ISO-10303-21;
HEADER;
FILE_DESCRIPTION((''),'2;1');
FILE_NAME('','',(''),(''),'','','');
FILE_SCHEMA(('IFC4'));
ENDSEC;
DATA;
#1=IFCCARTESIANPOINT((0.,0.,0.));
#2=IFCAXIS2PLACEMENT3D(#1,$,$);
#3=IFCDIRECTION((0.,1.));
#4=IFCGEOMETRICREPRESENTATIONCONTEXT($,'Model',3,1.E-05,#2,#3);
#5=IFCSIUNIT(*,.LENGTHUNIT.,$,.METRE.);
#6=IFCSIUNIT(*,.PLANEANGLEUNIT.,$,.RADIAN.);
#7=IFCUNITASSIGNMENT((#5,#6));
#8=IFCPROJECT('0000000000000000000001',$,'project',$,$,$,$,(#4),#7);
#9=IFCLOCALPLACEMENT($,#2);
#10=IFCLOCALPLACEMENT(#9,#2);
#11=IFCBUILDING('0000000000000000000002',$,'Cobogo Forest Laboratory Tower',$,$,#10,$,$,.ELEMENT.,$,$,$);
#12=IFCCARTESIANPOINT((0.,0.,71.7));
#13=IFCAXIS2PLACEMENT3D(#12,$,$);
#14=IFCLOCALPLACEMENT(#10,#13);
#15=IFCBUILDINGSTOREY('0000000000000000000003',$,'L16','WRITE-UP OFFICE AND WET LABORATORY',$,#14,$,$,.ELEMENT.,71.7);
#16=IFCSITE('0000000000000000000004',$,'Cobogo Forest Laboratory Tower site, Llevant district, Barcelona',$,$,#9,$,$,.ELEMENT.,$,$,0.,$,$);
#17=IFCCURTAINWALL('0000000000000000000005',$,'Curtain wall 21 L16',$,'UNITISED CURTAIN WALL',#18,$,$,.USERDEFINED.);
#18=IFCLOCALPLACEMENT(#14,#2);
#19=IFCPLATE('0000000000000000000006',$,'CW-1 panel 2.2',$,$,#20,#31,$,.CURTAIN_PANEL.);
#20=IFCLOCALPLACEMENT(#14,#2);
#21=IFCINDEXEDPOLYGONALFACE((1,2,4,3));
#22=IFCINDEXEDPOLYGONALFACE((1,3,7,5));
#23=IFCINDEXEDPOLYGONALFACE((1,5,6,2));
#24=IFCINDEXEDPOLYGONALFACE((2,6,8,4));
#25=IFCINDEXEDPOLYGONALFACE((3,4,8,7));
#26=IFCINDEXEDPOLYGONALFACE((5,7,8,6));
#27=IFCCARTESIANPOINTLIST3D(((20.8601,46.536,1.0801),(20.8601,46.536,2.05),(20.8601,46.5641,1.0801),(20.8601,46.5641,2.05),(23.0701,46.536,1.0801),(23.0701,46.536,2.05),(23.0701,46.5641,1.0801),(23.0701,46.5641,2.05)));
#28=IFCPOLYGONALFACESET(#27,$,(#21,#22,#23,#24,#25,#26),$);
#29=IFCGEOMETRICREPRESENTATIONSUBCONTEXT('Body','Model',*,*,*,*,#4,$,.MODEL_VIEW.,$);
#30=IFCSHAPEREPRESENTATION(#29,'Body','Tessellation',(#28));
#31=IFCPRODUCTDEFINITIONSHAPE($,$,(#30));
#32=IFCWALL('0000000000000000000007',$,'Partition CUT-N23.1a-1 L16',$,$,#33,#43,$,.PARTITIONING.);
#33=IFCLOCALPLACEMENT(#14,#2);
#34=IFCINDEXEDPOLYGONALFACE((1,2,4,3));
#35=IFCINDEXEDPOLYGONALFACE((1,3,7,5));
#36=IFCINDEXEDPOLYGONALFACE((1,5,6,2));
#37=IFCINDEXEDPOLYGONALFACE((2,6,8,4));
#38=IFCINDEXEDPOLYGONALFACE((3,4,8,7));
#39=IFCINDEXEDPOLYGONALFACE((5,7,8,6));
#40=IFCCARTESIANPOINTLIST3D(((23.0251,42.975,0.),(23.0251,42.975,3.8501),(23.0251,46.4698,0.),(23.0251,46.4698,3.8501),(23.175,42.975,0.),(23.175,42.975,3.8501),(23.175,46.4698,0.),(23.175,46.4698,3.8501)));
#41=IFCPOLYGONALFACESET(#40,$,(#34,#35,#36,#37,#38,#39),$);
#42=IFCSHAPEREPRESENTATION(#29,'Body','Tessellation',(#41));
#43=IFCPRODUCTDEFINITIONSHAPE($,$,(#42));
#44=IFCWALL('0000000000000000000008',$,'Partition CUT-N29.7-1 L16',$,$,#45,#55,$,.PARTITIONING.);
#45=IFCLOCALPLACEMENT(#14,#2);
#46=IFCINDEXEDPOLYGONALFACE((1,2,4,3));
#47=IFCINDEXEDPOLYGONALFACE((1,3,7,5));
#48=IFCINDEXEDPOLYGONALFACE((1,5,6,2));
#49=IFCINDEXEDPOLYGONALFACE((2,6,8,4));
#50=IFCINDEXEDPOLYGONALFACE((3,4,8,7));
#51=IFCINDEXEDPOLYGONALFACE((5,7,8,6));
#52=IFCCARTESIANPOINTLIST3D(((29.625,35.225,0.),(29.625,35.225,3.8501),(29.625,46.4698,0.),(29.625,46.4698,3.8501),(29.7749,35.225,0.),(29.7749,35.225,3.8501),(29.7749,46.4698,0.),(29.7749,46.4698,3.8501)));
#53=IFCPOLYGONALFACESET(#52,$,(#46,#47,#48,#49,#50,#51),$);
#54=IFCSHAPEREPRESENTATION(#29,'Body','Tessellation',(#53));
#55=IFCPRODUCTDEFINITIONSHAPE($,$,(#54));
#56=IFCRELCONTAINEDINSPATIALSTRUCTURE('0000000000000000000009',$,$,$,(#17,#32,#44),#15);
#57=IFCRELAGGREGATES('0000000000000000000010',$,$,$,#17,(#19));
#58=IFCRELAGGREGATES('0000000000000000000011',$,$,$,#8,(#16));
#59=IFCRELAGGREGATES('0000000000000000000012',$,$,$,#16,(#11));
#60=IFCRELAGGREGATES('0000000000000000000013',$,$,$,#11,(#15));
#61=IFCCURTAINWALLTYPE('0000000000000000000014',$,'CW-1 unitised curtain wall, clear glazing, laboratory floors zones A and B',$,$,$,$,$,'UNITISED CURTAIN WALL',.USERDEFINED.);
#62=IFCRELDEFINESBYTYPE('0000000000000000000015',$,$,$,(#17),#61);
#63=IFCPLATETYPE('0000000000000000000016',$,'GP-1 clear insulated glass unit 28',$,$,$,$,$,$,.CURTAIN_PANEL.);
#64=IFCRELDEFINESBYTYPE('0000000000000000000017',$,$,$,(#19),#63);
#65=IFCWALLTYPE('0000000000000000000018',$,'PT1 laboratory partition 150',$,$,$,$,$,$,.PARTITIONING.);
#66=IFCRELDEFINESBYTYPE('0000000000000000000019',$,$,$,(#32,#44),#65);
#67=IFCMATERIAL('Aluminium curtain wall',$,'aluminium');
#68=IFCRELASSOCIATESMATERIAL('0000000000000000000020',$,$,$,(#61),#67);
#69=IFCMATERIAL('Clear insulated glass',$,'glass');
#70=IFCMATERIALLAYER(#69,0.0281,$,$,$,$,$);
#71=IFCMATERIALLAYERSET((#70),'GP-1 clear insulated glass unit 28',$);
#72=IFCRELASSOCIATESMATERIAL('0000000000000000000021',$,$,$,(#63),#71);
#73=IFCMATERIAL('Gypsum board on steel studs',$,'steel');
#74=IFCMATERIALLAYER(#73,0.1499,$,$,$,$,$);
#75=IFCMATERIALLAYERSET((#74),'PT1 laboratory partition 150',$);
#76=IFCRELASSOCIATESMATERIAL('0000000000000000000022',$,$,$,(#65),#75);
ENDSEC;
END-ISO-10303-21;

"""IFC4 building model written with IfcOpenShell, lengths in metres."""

from ifc_helpers import new_model, si_unit, direction, frame, frame_2d, origin, origin_2d, place, context, subcontext, project, spatial, rectangle, extrude, material, layer, layer_set, type_object, element, aggregate, save


model = new_model("IFC4")

# Units and contexts
model_context = context("Model", 3, precision=1e-05, world=origin(), true_north=direction((0.0, 1.0)))
body_context = subcontext(model_context, "Body", "Model", "MODEL_VIEW")
ifc_project = project(units=[si_unit("LENGTHUNIT", "METRE"), si_unit("PLANEANGLEUNIT", "RADIAN")], contexts=[model_context])

# Site, building, storey
site_placement = place(None, origin())
site = spatial("IfcSite", under=ifc_project, at=site_placement, Name="Cobogo Forest Laboratory Tower site, Llevant district, Barcelona", CompositionType="ELEMENT", RefElevation=0.0)
building_placement = place(site_placement, origin())
building = spatial("IfcBuilding", under=site, at=building_placement, Name="Cobogo Forest Laboratory Tower", CompositionType="ELEMENT")
storey_placement = place(building_placement, frame((0.0, 0.0, 71.7)))
storey = spatial("IfcBuildingStorey", under=building, at=storey_placement, Name="L16", Description="WRITE-UP OFFICE AND WET LABORATORY", CompositionType="ELEMENT", Elevation=71.7)

# Curtain wall
ifc_material_1 = material(Name="Aluminium curtain wall", Category="aluminium")
curtain_wall_type = type_object("IfcCurtainWallType", Name="CW-1 unitised curtain wall, clear glazing, laboratory floors zones A and B", ElementType="UNITISED CURTAIN WALL", PredefinedType="USERDEFINED", material=ifc_material_1)
curtain_wall_1_placement = place(storey_placement, origin())
curtain_wall_1 = element("IfcCurtainWall", 1, at=curtain_wall_1_placement, inside=storey, type_object=curtain_wall_type, Name="Curtain wall 21 L16", ObjectType="UNITISED CURTAIN WALL", PredefinedType="USERDEFINED")

# Plate
ifc_material_2 = material(Name="Clear insulated glass", Category="glass")
ifc_layer_1 = layer(ifc_material_2, 0.0281)
ifc_layer_set_1 = layer_set([ifc_layer_1], Name="GP-1 clear insulated glass unit 28")
plate_type_1 = type_object("IfcPlateType", Name="GP-1 clear insulated glass unit 28", PredefinedType="CURTAIN_PANEL", material=ifc_layer_set_1)
plate_1_placement = place(storey_placement, frame((21.9651, 46.55, 1.0801), z_axis=(0.0, 0.0, 1.0), x_axis=(-1.0, 0.0, 0.0)))
plate_1 = element("IfcPlate", 2, at=plate_1_placement, type_object=plate_type_1, Name="CW-1 panel 2.2", PredefinedType="CURTAIN_PANEL", context=body_context, shape_type="SweptSolid", body=[
    extrude(rectangle(XDim=2.21, YDim=0.0281, at=origin_2d()), origin(), (0.0, 0.0, 1.0), 0.97),
])
aggregate(curtain_wall_1, [plate_1])

# Walls
ifc_material_3 = material(Name="Gypsum board on steel studs", Category="steel")
ifc_layer_2 = layer(ifc_material_3, 0.1499)
ifc_layer_set_2 = layer_set([ifc_layer_2], Name="PT1 laboratory partition 150")
wall_type = type_object("IfcWallType", Name="PT1 laboratory partition 150", PredefinedType="PARTITIONING", material=ifc_layer_set_2)
wall_1_placement = place(storey_placement, frame((23.1001, 46.47, 0.0), z_axis=(0.0, 0.0, 1.0), x_axis=(0.0, -1.0, 0.0)))
element("IfcWall", 3, at=wall_1_placement, inside=storey, type_object=wall_type, Name="Partition CUT-N23.1a-1 L16", PredefinedType="PARTITIONING", context=body_context, shape_type="SweptSolid", body=[
    extrude(rectangle(XDim=3.4949, YDim=0.1499, at=frame_2d((1.7476, 0.0))), origin(), (0.0, 0.0, 1.0), 3.8501),
])
wall_2_placement = place(storey_placement, frame((29.7, 46.47, 0.0), z_axis=(0.0, 0.0, 1.0), x_axis=(0.0, -1.0, 0.0)))
element("IfcWall", 4, at=wall_2_placement, inside=storey, type_object=wall_type, Name="Partition CUT-N29.7-1 L16", PredefinedType="PARTITIONING", context=body_context, shape_type="SweptSolid", body=[
    extrude(rectangle(XDim=11.2449, YDim=0.1499, at=frame_2d((5.6226, 0.0))), origin(), (0.0, 0.0, 1.0), 3.8501),
])

save(model, "model.ifc")
